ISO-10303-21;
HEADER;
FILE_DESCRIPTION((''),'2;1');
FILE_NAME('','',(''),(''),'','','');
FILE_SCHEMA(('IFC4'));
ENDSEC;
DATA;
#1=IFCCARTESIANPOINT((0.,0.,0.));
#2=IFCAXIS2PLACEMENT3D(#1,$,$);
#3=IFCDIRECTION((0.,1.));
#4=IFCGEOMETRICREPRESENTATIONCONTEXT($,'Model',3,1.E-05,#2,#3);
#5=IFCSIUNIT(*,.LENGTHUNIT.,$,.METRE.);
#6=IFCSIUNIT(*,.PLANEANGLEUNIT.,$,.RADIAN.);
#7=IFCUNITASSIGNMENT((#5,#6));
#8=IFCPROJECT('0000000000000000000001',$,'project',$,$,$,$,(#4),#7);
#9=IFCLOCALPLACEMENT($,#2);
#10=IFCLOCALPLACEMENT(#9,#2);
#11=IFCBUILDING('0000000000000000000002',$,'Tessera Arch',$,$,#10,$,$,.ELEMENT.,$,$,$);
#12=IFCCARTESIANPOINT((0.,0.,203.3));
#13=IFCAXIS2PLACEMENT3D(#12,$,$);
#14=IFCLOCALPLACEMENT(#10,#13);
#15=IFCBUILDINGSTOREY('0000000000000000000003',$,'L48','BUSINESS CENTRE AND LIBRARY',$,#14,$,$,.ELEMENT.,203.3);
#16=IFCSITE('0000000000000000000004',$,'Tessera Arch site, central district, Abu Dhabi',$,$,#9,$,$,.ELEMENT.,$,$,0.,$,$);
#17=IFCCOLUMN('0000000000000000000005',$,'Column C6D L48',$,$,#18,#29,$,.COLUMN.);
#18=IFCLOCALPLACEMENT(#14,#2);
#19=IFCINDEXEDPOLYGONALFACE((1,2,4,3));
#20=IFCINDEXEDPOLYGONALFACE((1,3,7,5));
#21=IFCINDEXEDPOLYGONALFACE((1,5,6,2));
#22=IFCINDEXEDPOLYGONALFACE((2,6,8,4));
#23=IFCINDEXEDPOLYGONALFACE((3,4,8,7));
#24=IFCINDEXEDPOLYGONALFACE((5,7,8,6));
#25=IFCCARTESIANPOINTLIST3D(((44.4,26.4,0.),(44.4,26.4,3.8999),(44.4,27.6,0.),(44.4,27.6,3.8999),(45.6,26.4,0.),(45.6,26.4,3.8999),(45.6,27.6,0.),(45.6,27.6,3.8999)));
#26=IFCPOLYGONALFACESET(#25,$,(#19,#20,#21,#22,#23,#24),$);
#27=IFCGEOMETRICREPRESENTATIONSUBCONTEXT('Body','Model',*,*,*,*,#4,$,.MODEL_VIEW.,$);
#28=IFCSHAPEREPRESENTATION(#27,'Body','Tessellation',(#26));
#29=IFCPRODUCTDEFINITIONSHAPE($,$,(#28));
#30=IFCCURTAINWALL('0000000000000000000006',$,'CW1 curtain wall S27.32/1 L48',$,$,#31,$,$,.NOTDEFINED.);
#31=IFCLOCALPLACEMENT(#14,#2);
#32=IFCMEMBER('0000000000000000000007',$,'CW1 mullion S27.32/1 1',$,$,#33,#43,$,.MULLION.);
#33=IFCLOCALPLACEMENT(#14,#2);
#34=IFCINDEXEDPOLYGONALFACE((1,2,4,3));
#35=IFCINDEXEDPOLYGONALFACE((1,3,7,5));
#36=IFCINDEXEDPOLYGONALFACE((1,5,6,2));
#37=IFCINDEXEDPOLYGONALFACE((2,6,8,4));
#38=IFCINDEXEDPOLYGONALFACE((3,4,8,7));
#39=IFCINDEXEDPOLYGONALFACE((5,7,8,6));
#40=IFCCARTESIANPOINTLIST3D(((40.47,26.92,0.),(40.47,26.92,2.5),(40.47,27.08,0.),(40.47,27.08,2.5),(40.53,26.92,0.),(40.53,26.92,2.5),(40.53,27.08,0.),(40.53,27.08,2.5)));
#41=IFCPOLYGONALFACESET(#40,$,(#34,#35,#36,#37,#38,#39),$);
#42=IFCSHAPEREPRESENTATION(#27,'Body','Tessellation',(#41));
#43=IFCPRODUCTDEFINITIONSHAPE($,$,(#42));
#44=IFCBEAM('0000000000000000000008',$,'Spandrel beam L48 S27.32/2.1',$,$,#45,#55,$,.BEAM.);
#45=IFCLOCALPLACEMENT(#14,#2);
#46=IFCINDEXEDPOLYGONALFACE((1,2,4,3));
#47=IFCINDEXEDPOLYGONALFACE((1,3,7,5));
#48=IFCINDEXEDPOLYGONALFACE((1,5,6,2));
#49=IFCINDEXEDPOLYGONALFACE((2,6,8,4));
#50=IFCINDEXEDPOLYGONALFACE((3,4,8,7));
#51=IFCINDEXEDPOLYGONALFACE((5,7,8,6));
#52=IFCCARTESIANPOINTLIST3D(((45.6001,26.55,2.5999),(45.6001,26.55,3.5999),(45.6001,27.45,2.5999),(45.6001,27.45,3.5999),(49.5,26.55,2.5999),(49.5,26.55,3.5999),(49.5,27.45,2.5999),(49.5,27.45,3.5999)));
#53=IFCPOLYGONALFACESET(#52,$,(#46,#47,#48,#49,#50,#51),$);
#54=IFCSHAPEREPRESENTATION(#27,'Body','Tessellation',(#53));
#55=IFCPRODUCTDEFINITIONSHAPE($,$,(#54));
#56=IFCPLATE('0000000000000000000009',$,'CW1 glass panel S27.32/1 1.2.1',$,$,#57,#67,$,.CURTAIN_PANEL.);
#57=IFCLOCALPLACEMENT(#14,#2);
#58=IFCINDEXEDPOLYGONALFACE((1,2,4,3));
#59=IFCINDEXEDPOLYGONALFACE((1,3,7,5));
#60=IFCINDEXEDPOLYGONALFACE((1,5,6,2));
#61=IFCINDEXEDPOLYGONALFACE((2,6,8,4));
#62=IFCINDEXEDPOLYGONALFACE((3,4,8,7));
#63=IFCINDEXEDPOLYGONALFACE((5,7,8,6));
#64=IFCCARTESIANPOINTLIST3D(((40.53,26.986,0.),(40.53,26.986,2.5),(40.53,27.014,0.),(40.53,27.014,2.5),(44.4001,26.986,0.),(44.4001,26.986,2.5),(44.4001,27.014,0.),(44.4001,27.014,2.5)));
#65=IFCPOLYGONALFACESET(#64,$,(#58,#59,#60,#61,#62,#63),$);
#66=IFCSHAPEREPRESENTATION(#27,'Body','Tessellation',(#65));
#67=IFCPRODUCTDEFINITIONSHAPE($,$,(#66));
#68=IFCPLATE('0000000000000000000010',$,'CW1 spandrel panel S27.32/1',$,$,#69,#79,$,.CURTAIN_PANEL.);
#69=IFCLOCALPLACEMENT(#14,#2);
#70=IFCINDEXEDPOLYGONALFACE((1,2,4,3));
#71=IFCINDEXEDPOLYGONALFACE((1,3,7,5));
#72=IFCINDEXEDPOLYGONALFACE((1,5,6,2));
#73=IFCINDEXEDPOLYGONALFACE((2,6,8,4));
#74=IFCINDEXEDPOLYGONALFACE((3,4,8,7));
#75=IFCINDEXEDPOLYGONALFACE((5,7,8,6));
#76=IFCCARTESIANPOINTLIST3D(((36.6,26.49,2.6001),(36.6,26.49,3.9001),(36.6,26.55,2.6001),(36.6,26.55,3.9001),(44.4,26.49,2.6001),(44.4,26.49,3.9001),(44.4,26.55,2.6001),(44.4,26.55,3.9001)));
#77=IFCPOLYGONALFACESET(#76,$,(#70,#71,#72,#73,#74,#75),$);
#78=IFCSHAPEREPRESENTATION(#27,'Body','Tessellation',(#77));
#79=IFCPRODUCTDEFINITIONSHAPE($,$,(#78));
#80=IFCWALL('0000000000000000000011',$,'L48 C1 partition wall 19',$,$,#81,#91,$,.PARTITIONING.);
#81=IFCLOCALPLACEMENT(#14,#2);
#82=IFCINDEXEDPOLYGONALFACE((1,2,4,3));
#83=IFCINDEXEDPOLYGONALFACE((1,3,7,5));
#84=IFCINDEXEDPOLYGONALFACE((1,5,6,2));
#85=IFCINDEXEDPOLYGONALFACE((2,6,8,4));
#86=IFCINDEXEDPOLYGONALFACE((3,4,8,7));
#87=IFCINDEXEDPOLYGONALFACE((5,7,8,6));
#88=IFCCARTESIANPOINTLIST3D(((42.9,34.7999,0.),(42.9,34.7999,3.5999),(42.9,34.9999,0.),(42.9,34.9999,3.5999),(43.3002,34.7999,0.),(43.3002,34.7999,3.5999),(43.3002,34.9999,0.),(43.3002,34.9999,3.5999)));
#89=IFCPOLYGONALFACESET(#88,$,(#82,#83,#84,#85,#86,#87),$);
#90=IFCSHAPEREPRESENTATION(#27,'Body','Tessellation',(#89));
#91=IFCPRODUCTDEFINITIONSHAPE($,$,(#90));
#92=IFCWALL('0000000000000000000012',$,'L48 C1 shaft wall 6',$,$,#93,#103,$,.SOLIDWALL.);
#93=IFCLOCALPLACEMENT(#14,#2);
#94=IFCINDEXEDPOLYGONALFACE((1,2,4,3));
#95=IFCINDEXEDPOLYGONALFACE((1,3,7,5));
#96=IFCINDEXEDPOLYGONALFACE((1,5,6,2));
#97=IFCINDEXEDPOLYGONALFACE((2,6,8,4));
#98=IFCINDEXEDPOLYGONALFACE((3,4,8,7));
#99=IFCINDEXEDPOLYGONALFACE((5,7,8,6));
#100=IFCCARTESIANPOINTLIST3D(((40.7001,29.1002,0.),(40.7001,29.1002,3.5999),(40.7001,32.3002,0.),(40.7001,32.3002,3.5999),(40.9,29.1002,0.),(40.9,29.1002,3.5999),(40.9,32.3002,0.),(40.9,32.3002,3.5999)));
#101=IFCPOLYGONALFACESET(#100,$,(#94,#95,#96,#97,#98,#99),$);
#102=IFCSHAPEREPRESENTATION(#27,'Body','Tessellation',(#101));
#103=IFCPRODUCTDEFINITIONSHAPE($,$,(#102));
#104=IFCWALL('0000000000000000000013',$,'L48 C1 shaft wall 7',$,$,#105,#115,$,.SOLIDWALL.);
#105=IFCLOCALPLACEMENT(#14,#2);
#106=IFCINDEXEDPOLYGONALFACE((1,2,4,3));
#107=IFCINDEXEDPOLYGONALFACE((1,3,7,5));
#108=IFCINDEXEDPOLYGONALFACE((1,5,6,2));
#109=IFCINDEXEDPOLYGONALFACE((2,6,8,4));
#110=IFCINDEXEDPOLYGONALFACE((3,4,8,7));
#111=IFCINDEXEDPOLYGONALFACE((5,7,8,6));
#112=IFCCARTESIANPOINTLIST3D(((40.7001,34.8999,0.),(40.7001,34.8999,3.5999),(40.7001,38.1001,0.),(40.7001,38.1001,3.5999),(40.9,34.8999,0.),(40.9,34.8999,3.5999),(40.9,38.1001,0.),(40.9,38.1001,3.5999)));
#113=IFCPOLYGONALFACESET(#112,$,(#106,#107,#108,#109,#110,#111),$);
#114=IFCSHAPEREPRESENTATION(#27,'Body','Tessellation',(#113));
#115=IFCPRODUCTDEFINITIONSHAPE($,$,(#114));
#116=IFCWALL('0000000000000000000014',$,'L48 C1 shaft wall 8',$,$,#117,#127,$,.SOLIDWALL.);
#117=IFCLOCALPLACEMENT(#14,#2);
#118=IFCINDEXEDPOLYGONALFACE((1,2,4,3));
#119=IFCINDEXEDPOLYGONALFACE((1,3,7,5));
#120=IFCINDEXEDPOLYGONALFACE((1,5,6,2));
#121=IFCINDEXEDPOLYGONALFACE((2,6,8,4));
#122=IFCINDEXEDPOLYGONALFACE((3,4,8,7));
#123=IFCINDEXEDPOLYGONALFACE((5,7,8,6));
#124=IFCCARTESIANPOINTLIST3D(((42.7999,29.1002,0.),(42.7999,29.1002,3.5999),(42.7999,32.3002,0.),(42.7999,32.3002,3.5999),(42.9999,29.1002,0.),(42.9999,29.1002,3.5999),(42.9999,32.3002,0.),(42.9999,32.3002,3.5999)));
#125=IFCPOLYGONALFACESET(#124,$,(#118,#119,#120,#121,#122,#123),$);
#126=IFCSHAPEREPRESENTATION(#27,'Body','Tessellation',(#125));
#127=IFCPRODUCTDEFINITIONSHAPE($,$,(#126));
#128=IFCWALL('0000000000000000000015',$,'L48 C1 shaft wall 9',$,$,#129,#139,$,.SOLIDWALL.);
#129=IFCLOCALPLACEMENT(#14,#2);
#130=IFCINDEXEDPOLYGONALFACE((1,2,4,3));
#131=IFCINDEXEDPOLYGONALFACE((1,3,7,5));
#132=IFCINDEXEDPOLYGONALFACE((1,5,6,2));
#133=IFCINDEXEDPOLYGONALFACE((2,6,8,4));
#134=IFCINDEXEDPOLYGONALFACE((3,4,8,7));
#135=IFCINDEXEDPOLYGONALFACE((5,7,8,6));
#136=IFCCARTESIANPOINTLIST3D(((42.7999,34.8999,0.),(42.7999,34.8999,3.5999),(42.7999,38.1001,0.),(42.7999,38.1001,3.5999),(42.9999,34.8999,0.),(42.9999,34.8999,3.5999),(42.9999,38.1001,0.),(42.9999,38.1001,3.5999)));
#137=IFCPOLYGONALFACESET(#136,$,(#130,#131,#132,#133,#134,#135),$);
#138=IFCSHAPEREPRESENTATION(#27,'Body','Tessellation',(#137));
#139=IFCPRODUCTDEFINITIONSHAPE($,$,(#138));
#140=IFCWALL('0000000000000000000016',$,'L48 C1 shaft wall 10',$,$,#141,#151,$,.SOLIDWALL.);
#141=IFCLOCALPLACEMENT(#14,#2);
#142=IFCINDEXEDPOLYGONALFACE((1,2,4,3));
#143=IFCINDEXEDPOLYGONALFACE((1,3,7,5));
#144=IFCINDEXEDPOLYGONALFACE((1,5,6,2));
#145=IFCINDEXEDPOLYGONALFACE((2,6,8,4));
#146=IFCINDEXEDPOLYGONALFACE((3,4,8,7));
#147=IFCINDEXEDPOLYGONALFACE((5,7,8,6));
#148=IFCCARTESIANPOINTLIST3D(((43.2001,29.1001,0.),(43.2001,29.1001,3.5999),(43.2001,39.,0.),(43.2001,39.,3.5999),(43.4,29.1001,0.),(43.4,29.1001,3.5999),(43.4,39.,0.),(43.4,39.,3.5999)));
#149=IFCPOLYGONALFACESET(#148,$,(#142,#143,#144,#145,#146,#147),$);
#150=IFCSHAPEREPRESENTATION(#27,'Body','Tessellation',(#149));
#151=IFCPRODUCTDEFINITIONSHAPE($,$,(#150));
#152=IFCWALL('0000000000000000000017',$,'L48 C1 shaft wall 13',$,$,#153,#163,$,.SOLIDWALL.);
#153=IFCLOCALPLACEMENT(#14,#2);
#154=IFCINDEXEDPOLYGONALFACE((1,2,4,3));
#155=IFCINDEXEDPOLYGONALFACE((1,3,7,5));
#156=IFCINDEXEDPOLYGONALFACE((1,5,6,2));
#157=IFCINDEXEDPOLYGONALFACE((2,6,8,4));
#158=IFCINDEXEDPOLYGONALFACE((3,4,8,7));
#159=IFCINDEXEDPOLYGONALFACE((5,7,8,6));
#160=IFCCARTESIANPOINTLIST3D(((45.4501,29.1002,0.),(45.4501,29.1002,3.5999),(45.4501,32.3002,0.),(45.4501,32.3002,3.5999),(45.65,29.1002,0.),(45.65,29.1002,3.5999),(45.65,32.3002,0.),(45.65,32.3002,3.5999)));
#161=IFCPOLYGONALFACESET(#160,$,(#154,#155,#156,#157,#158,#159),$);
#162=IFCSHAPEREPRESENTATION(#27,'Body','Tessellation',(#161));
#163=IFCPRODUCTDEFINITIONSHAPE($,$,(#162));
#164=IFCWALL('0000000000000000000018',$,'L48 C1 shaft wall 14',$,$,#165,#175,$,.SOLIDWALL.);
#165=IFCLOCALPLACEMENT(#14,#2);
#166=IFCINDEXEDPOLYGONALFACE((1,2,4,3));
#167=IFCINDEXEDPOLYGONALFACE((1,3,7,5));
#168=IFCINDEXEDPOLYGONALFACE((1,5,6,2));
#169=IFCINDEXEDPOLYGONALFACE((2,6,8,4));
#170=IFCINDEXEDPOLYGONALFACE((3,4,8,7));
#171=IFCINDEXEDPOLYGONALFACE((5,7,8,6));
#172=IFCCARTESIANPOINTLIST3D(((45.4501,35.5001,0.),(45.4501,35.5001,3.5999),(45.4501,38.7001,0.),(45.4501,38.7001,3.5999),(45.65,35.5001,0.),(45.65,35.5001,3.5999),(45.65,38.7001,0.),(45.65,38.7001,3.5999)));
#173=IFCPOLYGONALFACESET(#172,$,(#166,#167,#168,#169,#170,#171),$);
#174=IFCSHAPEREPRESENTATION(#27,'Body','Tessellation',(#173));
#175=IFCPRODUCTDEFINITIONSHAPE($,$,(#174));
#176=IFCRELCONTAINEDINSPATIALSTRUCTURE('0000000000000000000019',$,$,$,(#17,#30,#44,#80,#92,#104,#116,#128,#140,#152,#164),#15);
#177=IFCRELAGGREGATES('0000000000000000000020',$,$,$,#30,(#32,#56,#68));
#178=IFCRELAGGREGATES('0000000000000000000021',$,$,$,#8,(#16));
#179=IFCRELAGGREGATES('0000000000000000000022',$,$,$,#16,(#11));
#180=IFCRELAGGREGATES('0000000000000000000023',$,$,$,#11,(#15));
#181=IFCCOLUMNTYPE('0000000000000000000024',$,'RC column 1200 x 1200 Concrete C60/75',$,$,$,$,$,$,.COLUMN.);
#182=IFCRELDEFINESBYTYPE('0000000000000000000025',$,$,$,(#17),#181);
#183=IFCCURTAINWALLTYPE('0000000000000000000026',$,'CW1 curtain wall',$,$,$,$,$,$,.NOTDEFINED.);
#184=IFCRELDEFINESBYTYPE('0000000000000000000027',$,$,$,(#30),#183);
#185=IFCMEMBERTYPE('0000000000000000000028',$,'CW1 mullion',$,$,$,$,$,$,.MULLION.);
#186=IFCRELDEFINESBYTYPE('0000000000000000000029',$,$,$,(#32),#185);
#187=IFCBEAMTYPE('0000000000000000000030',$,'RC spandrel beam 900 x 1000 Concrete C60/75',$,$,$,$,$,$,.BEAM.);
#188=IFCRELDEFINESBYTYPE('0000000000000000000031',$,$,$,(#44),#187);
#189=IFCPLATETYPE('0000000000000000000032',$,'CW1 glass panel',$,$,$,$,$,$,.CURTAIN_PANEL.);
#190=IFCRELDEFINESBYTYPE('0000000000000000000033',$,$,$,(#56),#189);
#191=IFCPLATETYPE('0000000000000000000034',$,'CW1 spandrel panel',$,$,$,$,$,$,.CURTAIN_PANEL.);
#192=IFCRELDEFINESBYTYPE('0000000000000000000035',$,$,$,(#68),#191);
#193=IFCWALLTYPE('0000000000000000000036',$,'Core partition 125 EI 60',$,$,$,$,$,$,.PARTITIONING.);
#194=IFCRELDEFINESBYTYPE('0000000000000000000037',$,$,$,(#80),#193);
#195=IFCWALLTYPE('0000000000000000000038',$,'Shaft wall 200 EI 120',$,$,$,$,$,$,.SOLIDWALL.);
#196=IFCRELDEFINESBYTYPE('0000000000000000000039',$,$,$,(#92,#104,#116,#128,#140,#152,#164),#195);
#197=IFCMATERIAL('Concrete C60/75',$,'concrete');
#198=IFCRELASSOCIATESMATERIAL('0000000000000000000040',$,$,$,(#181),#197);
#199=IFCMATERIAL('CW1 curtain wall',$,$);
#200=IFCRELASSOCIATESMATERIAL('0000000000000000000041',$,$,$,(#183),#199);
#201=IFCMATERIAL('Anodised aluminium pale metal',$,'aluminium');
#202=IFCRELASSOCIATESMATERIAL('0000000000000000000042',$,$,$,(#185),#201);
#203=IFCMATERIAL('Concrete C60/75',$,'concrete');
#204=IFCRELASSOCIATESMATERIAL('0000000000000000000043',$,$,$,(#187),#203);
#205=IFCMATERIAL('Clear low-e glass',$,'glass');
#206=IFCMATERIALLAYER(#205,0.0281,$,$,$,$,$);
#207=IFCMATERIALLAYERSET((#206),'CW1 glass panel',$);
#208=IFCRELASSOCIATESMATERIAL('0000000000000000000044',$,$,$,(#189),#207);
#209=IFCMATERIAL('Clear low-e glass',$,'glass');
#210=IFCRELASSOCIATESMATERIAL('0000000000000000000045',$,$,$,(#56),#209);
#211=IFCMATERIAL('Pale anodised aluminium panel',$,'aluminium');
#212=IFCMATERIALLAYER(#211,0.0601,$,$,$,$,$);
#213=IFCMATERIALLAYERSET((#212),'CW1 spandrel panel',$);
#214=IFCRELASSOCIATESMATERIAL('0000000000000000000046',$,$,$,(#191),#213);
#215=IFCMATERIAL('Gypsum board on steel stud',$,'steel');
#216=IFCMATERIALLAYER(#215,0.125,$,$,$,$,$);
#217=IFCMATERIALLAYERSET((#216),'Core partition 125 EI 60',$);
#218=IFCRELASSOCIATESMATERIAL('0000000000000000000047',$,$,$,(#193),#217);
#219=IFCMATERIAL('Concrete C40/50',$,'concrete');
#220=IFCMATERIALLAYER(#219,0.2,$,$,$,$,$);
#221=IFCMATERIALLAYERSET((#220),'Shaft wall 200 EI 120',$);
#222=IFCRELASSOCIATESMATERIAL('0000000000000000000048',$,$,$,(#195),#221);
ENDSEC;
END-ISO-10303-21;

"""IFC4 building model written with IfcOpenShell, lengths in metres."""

from ifc_helpers import new_model, si_unit, direction, frame, frame_2d, origin, origin_2d, place, context, subcontext, project, spatial, rectangle, extrude, material, layer, layer_set, material_profile, profile_set, type_object, element, aggregate, save


model = new_model("IFC4")

# Units and contexts
model_context = context("Model", 3, precision=1e-05, world=origin(), true_north=direction((0.0, 1.0)))
body_context = subcontext(model_context, "Body", "Model", "MODEL_VIEW")
ifc_project = project(units=[si_unit("LENGTHUNIT", "METRE"), si_unit("PLANEANGLEUNIT", "RADIAN")], contexts=[model_context])

# Site, building, storey
site_placement = place(None, origin())
site = spatial("IfcSite", under=ifc_project, at=site_placement, Name="Tessera Arch site, central district, Abu Dhabi", CompositionType="ELEMENT", RefElevation=0.0)
building_placement = place(site_placement, origin())
building = spatial("IfcBuilding", under=site, at=building_placement, Name="Tessera Arch", CompositionType="ELEMENT")
storey_placement = place(building_placement, frame((0.0, 0.0, 203.3)))
storey = spatial("IfcBuildingStorey", under=building, at=storey_placement, Name="L48", Description="BUSINESS CENTRE AND LIBRARY", CompositionType="ELEMENT", Elevation=203.3)

# Column
ifc_material_1 = material(Name="Concrete C60/75", Category="concrete")
ifc_material_profile_1 = material_profile(ifc_material_1, rectangle(XDim=1.2, YDim=1.2, at=origin_2d()), Name="RC column 1200 x 1200 Concrete C60/75")
ifc_profile_set_1 = profile_set([ifc_material_profile_1], Name="Concrete C60/75")
column_type = type_object("IfcColumnType", Name="RC column 1200 x 1200 Concrete C60/75", PredefinedType="COLUMN", material=ifc_profile_set_1)
column_placement = place(storey_placement, frame((45.0, 27.0, 0.0), z_axis=(0.0, 0.0, 1.0), x_axis=(1.0, 0.0, 0.0)))
element("IfcColumn", 1, at=column_placement, inside=storey, type_object=column_type, Name="Column C6D L48", PredefinedType="COLUMN", context=body_context, shape_type="SweptSolid", body=[
    extrude(rectangle(XDim=1.2, YDim=1.2, at=origin_2d()), origin(), (0.0, 0.0, 1.0), 3.8999),
])

# Curtain wall, member
ifc_material_2 = material(Name="CW1 curtain wall")
curtain_wall_type = type_object("IfcCurtainWallType", Name="CW1 curtain wall", PredefinedType="NOTDEFINED", material=ifc_material_2)
curtain_wall_placement = place(storey_placement, origin())
curtain_wall = element("IfcCurtainWall", 2, at=curtain_wall_placement, inside=storey, type_object=curtain_wall_type, Name="CW1 curtain wall S27.32/1 L48", PredefinedType="NOTDEFINED")
ifc_material_3 = material(Name="Anodised aluminium pale metal", Category="aluminium")
ifc_material_profile_2 = material_profile(ifc_material_3, rectangle(XDim=0.1599, YDim=0.0601, at=origin_2d()), Name="AL 60x160")
ifc_profile_set_2 = profile_set([ifc_material_profile_2], Name="Anodised aluminium pale metal")
member_type = type_object("IfcMemberType", Name="CW1 mullion", PredefinedType="MULLION", material=ifc_profile_set_2)
member_placement = place(storey_placement, frame((40.5, 27.0, 0.0), z_axis=(0.0, 0.0, 1.0), x_axis=(0.0, 1.0, 0.0)))
member = element("IfcMember", 3, at=member_placement, type_object=member_type, Name="CW1 mullion S27.32/1 1", PredefinedType="MULLION", context=body_context, shape_type="SweptSolid", body=[
    extrude(rectangle(XDim=0.1599, YDim=0.0601, at=origin_2d()), origin(), (0.0, 0.0, 1.0), 2.5),
])

# Beam
ifc_material_4 = material(Name="Concrete C60/75", Category="concrete")
ifc_material_profile_3 = material_profile(ifc_material_4, rectangle(XDim=0.8999, YDim=1.0, at=origin_2d()), Name="RC spandrel beam 900 x 1000 Concrete C60/75")
ifc_profile_set_3 = profile_set([ifc_material_profile_3], Name="Concrete C60/75")
beam_type = type_object("IfcBeamType", Name="RC spandrel beam 900 x 1000 Concrete C60/75", PredefinedType="BEAM", material=ifc_profile_set_3)
beam_placement = place(storey_placement, frame((45.6001, 27.0, 3.0999), z_axis=(1.0, 0.0, 0.0), x_axis=(0.0, 1.0, 0.0)))
element("IfcBeam", 4, at=beam_placement, inside=storey, type_object=beam_type, Name="Spandrel beam L48 S27.32/2.1", PredefinedType="BEAM", context=body_context, shape_type="SweptSolid", body=[
    extrude(rectangle(XDim=0.8999, YDim=1.0, at=origin_2d()), origin(), (0.0, 0.0, 1.0), 3.8999),
])

# Plates
ifc_material_5 = material(Name="Clear low-e glass", Category="glass")
ifc_material_6 = material(Name="Clear low-e glass", Category="glass")
ifc_layer_1 = layer(ifc_material_6, 0.0281)
ifc_layer_set_1 = layer_set([ifc_layer_1], Name="CW1 glass panel")
plate_type_1 = type_object("IfcPlateType", Name="CW1 glass panel", PredefinedType="CURTAIN_PANEL", material=ifc_layer_set_1)
plate_1_placement = place(storey_placement, frame((42.4651, 27.0, 0.0), z_axis=(0.0, 0.0, 1.0), x_axis=(1.0, 0.0, 0.0)))
plate_1 = element("IfcPlate", 5, at=plate_1_placement, type_object=plate_type_1, material=ifc_material_5, Name="CW1 glass panel S27.32/1 1.2.1", PredefinedType="CURTAIN_PANEL", context=body_context, shape_type="SweptSolid", body=[
    extrude(rectangle(XDim=3.8701, YDim=0.0281, at=origin_2d()), origin(), (0.0, 0.0, 1.0), 2.5),
])
ifc_material_7 = material(Name="Pale anodised aluminium panel", Category="aluminium")
ifc_layer_2 = layer(ifc_material_7, 0.0601)
ifc_layer_set_2 = layer_set([ifc_layer_2], Name="CW1 spandrel panel")
plate_type_2 = type_object("IfcPlateType", Name="CW1 spandrel panel", PredefinedType="CURTAIN_PANEL", material=ifc_layer_set_2)
plate_2_placement = place(storey_placement, frame((40.5, 26.52, 2.6001), z_axis=(0.0, 0.0, 1.0), x_axis=(1.0, 0.0, 0.0)))
plate_2 = element("IfcPlate", 6, at=plate_2_placement, type_object=plate_type_2, Name="CW1 spandrel panel S27.32/1", PredefinedType="CURTAIN_PANEL", context=body_context, shape_type="SweptSolid", body=[
    extrude(rectangle(XDim=7.8, YDim=0.0601, at=origin_2d()), origin(), (0.0, 0.0, 1.0), 1.3),
])
aggregate(curtain_wall, [member, plate_1, plate_2])

# Walls
ifc_material_8 = material(Name="Gypsum board on steel stud", Category="steel")
ifc_layer_3 = layer(ifc_material_8, 0.125)
ifc_layer_set_3 = layer_set([ifc_layer_3], Name="Core partition 125 EI 60")
wall_type_1 = type_object("IfcWallType", Name="Core partition 125 EI 60", PredefinedType="PARTITIONING", material=ifc_layer_set_3)
wall_1_placement = place(storey_placement, frame((42.8999, 34.8999, 0.0), z_axis=(0.0, 0.0, 1.0), x_axis=(1.0, 0.0, 0.0)))
element("IfcWall", 7, at=wall_1_placement, inside=storey, type_object=wall_type_1, Name="L48 C1 partition wall 19", PredefinedType="PARTITIONING", context=body_context, shape_type="SweptSolid", body=[
    extrude(rectangle(XDim=0.4001, YDim=0.2, at=frame_2d((0.2002, 0.0))), origin(), (0.0, 0.0, 1.0), 3.5999),
])
ifc_material_9 = material(Name="Concrete C40/50", Category="concrete")
ifc_layer_4 = layer(ifc_material_9, 0.2)
ifc_layer_set_4 = layer_set([ifc_layer_4], Name="Shaft wall 200 EI 120")
wall_type_2 = type_object("IfcWallType", Name="Shaft wall 200 EI 120", PredefinedType="SOLIDWALL", material=ifc_layer_set_4)
wall_2_placement = place(storey_placement, frame((40.8, 29.1001, 0.0), z_axis=(0.0, 0.0, 1.0), x_axis=(0.0, 1.0, 0.0)))
element("IfcWall", 8, at=wall_2_placement, inside=storey, type_object=wall_type_2, Name="L48 C1 shaft wall 6", PredefinedType="SOLIDWALL", context=body_context, shape_type="SweptSolid", body=[
    extrude(rectangle(XDim=3.2, YDim=0.2, at=frame_2d((1.6001, 0.0))), origin(), (0.0, 0.0, 1.0), 3.5999),
])
wall_3_placement = place(storey_placement, frame((40.8, 34.8999, 0.0), z_axis=(0.0, 0.0, 1.0), x_axis=(0.0, 1.0, 0.0)))
element("IfcWall", 9, at=wall_3_placement, inside=storey, type_object=wall_type_2, Name="L48 C1 shaft wall 7", PredefinedType="SOLIDWALL", context=body_context, shape_type="SweptSolid", body=[
    extrude(rectangle(XDim=3.2002, YDim=0.2, at=frame_2d((1.6001, 0.0))), origin(), (0.0, 0.0, 1.0), 3.5999),
])
wall_4_placement = place(storey_placement, frame((42.8999, 29.1001, 0.0), z_axis=(0.0, 0.0, 1.0), x_axis=(0.0, 1.0, 0.0)))
element("IfcWall", 10, at=wall_4_placement, inside=storey, type_object=wall_type_2, Name="L48 C1 shaft wall 8", PredefinedType="SOLIDWALL", context=body_context, shape_type="SweptSolid", body=[
    extrude(rectangle(XDim=3.2, YDim=0.2, at=frame_2d((1.6001, 0.0))), origin(), (0.0, 0.0, 1.0), 3.5999),
])
wall_5_placement = place(storey_placement, frame((42.8999, 34.8999, 0.0), z_axis=(0.0, 0.0, 1.0), x_axis=(0.0, 1.0, 0.0)))
element("IfcWall", 11, at=wall_5_placement, inside=storey, type_object=wall_type_2, Name="L48 C1 shaft wall 9", PredefinedType="SOLIDWALL", context=body_context, shape_type="SweptSolid", body=[
    extrude(rectangle(XDim=3.2002, YDim=0.2, at=frame_2d((1.6001, 0.0))), origin(), (0.0, 0.0, 1.0), 3.5999),
])
wall_6_placement = place(storey_placement, frame((43.3, 29.1001, 0.0), z_axis=(0.0, 0.0, 1.0), x_axis=(0.0, 1.0, 0.0)))
element("IfcWall", 12, at=wall_6_placement, inside=storey, type_object=wall_type_2, Name="L48 C1 shaft wall 10", PredefinedType="SOLIDWALL", context=body_context, shape_type="SweptSolid", body=[
    extrude(rectangle(XDim=9.8999, YDim=0.2, at=frame_2d((4.95, 0.0))), origin(), (0.0, 0.0, 1.0), 3.5999),
])
for number, where, z_axis, x_axis, name in (
    (13, (45.55, 29.1001, 0.0), (0.0, 0.0, 1.0), (0.0, 1.0, 0.0), "L48 C1 shaft wall 13"),
    (14, (45.55, 35.5, 0.0), (0.0, 0.0, 1.0), (0.0, 1.0, 0.0), "L48 C1 shaft wall 14"),
):
    element("IfcWall", number, at=place(storey_placement, frame(where, z_axis=z_axis, x_axis=x_axis)), inside=storey, type_object=wall_type_2, Name=name, PredefinedType="SOLIDWALL", context=body_context, shape_type="SweptSolid", body=[
        extrude(rectangle(XDim=3.2, YDim=0.2, at=frame_2d((1.6001, 0.0))), origin(), (0.0, 0.0, 1.0), 3.5999),
    ])

save(model, "model.ifc")
